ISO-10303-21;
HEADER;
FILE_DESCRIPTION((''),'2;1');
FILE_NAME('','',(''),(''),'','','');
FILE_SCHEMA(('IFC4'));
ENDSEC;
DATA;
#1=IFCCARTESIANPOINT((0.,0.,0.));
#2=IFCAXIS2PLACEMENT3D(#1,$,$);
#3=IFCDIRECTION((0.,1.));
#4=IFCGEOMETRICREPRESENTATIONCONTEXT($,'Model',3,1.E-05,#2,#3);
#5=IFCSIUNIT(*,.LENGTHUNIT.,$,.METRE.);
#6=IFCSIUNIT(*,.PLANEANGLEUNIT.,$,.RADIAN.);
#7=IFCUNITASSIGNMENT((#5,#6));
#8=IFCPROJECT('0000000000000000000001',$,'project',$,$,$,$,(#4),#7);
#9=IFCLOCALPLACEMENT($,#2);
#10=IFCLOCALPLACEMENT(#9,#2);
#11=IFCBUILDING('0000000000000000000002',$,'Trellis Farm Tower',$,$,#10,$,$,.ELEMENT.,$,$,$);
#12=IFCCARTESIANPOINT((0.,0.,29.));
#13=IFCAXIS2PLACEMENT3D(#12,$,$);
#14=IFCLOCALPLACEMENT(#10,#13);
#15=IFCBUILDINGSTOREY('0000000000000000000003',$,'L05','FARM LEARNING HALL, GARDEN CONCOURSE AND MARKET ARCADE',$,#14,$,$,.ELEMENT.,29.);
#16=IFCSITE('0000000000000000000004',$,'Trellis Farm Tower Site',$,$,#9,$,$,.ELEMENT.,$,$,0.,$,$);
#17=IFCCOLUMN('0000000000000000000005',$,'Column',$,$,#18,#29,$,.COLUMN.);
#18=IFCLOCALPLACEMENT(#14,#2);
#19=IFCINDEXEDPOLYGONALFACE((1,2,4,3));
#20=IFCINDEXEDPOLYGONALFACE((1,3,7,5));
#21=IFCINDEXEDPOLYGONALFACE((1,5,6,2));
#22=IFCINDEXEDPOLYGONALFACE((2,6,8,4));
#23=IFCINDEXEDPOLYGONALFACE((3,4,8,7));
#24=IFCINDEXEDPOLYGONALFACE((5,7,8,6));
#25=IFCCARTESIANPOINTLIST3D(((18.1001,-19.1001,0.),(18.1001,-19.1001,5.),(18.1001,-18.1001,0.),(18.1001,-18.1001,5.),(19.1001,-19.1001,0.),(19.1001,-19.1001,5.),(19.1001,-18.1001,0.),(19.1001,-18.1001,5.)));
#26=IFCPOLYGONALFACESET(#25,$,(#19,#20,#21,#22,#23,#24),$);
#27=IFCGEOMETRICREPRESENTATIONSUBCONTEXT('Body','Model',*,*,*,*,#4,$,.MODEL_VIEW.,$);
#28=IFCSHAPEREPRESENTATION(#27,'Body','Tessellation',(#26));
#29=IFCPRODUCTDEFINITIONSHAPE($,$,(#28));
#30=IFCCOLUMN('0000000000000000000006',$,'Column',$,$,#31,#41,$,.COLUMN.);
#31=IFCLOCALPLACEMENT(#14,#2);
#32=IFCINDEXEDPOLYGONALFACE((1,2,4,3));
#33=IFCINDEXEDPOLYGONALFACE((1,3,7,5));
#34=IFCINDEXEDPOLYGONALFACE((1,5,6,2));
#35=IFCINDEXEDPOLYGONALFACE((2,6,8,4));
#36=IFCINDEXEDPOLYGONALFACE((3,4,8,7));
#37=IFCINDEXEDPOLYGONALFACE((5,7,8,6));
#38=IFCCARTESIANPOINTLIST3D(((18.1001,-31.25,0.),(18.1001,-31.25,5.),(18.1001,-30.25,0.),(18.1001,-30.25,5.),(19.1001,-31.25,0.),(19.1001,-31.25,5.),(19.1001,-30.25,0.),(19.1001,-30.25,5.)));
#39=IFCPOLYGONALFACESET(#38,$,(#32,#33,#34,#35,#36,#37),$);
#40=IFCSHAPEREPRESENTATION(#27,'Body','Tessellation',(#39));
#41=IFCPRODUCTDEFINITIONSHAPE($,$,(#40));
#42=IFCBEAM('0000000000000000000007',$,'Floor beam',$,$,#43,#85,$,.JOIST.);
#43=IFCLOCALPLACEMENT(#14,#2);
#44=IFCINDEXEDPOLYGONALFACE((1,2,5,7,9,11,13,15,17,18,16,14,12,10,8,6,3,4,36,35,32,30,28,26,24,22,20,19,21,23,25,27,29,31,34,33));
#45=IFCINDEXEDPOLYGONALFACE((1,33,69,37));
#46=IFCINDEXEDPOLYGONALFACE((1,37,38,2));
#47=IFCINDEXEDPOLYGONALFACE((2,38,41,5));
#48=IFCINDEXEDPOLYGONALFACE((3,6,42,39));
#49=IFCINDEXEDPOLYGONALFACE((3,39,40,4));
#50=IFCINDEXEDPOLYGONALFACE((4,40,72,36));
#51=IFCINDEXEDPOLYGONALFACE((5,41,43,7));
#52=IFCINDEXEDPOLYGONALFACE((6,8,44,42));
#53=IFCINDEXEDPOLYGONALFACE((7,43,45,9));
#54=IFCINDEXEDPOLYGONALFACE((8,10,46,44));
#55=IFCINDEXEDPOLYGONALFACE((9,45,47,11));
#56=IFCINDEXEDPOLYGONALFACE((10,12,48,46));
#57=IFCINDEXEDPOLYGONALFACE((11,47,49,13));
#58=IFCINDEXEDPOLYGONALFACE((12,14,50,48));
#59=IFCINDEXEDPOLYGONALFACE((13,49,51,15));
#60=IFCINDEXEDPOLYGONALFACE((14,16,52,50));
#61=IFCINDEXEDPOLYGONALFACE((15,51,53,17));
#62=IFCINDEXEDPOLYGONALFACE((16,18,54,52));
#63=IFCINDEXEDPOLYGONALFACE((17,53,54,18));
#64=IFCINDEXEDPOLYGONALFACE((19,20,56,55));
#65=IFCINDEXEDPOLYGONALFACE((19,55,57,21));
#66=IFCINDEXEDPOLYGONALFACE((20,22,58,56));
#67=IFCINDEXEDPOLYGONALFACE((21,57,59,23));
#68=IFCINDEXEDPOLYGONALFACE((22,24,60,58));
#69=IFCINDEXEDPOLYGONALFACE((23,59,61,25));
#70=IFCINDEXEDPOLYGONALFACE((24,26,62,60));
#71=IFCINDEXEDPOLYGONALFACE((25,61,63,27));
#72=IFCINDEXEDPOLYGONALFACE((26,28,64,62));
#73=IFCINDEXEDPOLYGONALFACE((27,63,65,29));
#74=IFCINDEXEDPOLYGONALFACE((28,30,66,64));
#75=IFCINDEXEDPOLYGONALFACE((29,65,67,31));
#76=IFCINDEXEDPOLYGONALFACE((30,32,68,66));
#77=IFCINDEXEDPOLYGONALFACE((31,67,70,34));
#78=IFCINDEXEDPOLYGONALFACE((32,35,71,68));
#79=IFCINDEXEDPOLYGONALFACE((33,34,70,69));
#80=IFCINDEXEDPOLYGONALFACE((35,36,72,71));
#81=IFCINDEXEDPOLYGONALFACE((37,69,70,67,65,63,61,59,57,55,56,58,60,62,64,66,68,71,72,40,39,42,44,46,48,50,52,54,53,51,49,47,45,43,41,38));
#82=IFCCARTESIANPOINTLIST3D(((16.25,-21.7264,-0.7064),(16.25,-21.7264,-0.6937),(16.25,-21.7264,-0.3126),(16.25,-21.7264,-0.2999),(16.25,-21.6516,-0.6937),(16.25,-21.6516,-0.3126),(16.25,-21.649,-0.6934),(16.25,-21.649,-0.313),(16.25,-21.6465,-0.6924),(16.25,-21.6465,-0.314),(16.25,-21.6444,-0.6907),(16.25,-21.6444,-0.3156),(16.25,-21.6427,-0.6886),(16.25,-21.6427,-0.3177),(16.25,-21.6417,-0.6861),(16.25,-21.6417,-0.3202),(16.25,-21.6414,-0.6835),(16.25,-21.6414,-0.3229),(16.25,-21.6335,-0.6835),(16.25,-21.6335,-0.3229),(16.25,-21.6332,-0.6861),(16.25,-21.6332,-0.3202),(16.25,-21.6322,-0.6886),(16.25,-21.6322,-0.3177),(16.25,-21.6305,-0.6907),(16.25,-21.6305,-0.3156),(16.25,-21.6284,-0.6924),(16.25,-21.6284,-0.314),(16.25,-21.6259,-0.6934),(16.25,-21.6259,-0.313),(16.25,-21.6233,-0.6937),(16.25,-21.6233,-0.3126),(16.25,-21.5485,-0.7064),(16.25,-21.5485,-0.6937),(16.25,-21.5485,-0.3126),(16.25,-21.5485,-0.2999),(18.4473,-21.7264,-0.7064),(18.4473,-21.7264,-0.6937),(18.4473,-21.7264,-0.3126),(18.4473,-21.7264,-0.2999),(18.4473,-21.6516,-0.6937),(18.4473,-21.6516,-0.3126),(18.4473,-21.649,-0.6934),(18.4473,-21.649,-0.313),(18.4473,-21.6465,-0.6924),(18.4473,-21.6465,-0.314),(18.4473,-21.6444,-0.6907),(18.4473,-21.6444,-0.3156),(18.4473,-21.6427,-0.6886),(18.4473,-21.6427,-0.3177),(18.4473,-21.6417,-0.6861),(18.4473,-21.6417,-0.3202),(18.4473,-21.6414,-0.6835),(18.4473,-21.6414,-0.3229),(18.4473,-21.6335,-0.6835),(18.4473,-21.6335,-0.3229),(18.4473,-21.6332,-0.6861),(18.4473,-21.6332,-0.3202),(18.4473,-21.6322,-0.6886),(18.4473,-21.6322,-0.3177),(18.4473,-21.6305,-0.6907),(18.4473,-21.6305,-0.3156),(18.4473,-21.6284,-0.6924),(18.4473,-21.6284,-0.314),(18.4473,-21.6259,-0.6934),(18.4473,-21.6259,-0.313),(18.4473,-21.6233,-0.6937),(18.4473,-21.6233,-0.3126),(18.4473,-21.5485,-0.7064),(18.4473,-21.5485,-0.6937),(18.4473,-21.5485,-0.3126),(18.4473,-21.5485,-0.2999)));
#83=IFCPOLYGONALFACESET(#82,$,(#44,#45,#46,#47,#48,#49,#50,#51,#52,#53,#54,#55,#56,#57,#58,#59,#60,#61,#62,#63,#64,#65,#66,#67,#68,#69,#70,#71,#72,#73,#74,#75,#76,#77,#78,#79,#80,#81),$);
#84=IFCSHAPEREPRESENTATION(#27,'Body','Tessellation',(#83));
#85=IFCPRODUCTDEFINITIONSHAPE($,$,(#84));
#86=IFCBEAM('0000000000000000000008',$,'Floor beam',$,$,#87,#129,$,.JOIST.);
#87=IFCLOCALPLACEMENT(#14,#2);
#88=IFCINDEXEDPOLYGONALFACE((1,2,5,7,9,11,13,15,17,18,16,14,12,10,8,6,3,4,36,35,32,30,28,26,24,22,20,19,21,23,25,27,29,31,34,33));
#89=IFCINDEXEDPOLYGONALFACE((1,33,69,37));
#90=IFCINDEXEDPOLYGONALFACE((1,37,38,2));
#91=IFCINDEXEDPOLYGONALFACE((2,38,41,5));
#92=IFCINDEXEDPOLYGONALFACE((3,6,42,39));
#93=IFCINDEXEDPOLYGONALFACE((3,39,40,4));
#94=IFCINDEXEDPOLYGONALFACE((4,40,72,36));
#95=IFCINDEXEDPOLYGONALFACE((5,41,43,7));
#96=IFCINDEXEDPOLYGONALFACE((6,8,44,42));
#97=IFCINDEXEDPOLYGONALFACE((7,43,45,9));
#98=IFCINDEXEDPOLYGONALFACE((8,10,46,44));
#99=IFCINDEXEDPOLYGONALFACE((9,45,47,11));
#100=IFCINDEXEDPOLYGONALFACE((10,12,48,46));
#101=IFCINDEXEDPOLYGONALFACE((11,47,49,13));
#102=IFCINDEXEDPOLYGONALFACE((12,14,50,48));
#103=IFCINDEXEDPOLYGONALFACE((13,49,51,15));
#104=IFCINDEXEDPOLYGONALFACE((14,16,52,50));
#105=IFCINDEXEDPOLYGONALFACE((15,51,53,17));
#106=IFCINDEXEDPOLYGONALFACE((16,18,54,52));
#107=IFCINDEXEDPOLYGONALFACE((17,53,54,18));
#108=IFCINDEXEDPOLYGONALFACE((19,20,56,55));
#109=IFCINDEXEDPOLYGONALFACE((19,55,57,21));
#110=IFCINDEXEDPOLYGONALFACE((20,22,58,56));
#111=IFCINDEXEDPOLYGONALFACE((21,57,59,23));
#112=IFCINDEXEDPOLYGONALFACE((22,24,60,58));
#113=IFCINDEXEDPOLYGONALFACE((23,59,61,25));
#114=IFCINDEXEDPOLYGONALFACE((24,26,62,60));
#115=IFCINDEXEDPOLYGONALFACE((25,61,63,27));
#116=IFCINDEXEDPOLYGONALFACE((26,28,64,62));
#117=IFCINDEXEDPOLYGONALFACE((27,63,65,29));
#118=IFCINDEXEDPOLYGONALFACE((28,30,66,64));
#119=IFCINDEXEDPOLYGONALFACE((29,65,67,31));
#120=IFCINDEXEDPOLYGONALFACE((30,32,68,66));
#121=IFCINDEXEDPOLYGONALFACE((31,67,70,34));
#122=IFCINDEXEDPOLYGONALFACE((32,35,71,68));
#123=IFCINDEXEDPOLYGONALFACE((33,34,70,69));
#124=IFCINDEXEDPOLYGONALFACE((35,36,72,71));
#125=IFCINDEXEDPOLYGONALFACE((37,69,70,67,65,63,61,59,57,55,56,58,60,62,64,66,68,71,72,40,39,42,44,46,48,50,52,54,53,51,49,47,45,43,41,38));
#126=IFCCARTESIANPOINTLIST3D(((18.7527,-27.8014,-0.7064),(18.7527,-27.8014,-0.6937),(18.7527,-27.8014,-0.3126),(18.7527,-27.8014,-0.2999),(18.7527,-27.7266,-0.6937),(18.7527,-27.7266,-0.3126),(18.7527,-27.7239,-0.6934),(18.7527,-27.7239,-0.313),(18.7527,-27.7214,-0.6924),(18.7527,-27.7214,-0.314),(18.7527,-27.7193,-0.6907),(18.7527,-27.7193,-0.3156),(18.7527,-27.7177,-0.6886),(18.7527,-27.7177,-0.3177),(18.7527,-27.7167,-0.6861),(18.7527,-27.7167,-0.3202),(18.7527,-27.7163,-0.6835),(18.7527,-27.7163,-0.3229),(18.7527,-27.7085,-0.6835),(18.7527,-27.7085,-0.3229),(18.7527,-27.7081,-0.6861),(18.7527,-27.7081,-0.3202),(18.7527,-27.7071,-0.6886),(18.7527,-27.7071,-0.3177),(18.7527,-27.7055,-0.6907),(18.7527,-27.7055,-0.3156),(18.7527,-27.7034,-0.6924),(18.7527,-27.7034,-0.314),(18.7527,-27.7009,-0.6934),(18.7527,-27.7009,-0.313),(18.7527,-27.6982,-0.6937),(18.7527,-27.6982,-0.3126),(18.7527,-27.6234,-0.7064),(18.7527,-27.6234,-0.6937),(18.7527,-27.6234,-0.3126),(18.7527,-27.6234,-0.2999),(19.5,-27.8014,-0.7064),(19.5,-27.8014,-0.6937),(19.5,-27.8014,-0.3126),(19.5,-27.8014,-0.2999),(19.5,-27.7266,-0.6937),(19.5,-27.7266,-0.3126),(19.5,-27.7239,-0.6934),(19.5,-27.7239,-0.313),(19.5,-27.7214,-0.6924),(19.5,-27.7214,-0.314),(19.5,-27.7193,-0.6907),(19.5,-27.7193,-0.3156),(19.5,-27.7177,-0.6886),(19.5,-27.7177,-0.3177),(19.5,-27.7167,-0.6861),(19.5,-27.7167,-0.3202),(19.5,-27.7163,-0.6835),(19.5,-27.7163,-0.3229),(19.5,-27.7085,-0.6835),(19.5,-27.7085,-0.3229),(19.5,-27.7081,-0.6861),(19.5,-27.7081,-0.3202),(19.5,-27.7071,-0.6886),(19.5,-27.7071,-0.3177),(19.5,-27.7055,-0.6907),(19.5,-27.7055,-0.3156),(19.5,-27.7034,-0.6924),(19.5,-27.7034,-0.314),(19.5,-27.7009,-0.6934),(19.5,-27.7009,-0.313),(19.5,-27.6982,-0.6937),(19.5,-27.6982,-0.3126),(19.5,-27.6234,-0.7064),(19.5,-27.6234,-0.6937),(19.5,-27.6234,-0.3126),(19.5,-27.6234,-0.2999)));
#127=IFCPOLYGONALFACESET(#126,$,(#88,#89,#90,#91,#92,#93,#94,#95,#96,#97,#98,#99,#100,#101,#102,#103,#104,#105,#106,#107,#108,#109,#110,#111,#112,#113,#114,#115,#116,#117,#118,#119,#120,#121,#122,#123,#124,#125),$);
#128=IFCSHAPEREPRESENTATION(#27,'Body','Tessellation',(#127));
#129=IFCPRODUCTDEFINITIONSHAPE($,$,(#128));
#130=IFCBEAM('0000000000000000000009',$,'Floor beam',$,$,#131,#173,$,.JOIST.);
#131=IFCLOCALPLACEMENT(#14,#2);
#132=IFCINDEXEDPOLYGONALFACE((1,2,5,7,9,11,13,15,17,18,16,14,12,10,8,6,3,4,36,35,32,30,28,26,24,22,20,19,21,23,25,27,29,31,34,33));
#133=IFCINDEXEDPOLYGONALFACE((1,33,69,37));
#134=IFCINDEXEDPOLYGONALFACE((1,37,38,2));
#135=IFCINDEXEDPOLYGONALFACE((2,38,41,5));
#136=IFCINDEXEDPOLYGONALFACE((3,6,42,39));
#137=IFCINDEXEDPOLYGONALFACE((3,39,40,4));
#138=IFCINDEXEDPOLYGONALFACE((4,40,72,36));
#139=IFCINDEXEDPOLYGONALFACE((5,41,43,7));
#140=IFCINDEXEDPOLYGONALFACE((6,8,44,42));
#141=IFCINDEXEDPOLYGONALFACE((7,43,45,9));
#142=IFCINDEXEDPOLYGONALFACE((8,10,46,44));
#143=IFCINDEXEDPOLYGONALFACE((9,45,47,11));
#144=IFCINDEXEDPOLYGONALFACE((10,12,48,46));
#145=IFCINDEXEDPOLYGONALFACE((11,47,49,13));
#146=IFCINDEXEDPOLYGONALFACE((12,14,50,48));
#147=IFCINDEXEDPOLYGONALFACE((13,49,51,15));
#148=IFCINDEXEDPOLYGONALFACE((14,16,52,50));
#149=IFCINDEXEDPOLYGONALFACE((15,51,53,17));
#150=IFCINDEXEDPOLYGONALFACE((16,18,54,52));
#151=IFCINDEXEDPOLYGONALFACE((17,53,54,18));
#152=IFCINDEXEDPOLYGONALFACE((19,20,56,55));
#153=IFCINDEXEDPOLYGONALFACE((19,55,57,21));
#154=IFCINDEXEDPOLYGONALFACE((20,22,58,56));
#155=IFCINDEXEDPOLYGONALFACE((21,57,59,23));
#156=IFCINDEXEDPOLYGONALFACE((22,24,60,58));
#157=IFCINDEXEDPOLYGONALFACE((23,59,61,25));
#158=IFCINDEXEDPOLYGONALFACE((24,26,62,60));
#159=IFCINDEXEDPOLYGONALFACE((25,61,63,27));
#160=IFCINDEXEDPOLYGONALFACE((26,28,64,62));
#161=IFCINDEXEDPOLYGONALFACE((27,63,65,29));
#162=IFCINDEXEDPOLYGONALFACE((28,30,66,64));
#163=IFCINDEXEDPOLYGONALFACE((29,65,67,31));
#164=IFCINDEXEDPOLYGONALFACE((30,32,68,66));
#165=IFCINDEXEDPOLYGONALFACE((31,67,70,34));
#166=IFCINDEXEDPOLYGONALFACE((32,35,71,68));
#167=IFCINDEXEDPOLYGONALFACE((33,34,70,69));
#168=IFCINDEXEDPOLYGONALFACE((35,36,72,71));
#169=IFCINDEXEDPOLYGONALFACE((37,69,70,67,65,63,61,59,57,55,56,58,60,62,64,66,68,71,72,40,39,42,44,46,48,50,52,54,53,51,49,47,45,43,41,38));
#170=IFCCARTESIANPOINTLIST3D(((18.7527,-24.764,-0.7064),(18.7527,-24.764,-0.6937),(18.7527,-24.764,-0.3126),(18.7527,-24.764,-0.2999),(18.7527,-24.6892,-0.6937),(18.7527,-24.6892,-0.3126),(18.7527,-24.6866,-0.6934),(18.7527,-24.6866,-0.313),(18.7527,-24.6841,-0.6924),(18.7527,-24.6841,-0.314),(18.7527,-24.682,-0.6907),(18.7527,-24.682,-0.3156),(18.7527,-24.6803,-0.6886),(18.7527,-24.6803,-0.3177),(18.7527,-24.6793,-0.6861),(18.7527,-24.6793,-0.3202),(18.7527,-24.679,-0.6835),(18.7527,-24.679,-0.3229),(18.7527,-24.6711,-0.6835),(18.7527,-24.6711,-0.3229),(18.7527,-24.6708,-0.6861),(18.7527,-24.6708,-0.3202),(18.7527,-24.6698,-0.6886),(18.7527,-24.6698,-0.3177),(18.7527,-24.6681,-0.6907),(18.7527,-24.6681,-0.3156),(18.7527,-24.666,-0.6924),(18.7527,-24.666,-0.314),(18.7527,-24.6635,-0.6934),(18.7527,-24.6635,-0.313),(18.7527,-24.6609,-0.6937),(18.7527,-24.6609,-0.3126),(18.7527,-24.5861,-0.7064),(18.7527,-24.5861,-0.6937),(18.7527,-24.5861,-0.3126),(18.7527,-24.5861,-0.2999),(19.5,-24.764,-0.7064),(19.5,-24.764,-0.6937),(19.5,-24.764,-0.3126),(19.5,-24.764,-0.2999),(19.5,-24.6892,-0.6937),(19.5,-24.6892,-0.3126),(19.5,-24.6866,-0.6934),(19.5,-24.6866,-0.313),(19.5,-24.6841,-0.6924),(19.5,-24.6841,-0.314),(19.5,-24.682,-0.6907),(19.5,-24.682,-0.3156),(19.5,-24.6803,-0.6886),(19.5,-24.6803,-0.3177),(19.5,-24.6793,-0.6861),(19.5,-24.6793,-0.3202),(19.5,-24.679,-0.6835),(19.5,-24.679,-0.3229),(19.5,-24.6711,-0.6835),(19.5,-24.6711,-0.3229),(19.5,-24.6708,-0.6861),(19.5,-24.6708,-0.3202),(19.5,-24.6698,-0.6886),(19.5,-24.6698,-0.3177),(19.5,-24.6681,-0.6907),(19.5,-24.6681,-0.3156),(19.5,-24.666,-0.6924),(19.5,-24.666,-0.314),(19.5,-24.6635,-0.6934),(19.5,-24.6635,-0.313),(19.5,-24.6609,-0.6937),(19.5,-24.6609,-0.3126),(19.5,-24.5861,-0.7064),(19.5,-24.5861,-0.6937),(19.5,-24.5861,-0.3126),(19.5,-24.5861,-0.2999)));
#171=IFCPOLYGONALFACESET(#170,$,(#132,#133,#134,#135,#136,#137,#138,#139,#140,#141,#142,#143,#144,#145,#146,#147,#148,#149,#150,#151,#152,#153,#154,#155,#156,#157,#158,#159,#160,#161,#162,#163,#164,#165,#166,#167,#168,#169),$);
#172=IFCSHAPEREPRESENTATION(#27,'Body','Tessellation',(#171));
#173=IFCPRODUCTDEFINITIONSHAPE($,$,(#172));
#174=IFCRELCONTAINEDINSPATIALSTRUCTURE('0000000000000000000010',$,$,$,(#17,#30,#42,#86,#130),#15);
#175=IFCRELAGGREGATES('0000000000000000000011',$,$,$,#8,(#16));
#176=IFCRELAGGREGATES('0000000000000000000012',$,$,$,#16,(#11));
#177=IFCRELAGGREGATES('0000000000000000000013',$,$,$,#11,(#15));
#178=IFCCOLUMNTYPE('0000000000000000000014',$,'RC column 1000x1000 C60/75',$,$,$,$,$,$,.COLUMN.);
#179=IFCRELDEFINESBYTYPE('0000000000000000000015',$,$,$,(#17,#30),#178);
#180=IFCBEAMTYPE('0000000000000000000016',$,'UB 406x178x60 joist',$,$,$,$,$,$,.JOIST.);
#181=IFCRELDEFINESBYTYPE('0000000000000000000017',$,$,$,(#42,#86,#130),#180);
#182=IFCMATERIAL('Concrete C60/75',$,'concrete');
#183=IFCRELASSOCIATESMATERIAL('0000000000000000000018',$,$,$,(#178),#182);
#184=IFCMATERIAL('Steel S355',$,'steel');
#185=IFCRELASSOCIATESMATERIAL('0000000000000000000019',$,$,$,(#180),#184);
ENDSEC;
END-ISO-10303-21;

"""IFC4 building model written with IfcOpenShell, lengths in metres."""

from ifc_helpers import new_model, si_unit, direction, frame, origin, origin_2d, place, context, subcontext, project, spatial, rectangle, i_section, extrude, source, transform, mapped, material, material_profile, profile_set, type_object, element, save


model = new_model("IFC4")

# Units and contexts
model_context = context("Model", 3, precision=1e-05, world=origin(), true_north=direction((0.0, 1.0)))
body_context = subcontext(model_context, "Body", "Model", "MODEL_VIEW")
ifc_project = project(units=[si_unit("LENGTHUNIT", "METRE"), si_unit("PLANEANGLEUNIT", "RADIAN")], contexts=[model_context])

# Site, building, storey
site_placement = place(None, origin())
site = spatial("IfcSite", under=ifc_project, at=site_placement, Name="Trellis Farm Tower Site", CompositionType="ELEMENT", RefElevation=0.0)
building_placement = place(site_placement, origin())
building = spatial("IfcBuilding", under=site, at=building_placement, Name="Trellis Farm Tower", CompositionType="ELEMENT")
storey_placement = place(building_placement, frame((0.0, 0.0, 29.0)))
storey = spatial("IfcBuildingStorey", under=building, at=storey_placement, Name="L05", Description="FARM LEARNING HALL, GARDEN CONCOURSE AND MARKET ARCADE", CompositionType="ELEMENT", Elevation=29.0)

# Columns
ifc_material_1 = material(Name="Concrete C60/75", Category="concrete")
ifc_material_profile_1 = material_profile(ifc_material_1, rectangle(XDim=1.0, YDim=1.0, at=origin_2d()), Name="RC column 1000x1000 C60/75")
ifc_profile_set_1 = profile_set([ifc_material_profile_1], Name="Concrete C60/75")
column_type = type_object("IfcColumnType", Name="RC column 1000x1000 C60/75", PredefinedType="COLUMN", material=ifc_profile_set_1)
shared_shape_1 = source(origin(), body_context, "Body", "SweptSolid", [
    extrude(rectangle(XDim=1.0, YDim=1.0, at=origin_2d()), origin(), (0.0, 0.0, 1.0), 5.0),
])
for number, where, z_axis, x_axis, name in (
    (1, (18.6001, -18.6001, 0.0), (0.0, 0.0, 1.0), (1.0, 0.0, 0.0), "Column"),
    (2, (18.6001, -30.75, 0.0), (0.0, 0.0, 1.0), (1.0, 0.0, 0.0), "Column"),
):
    element("IfcColumn", number, at=place(storey_placement, frame(where, z_axis=z_axis, x_axis=x_axis)), inside=storey, type_object=column_type, Name=name, PredefinedType="COLUMN", context=body_context, shape_type="MappedRepresentation", body=[
        mapped(shared_shape_1, transform((0.0, 0.0, 0.0))),
    ])

# Beams
ifc_material_2 = material(Name="Steel S355", Category="steel")
ifc_material_profile_2 = material_profile(ifc_material_2, i_section(OverallWidth=0.178, OverallDepth=0.4065, WebThickness=0.0078, FlangeThickness=0.0127, FilletRadius=0.0103, at=origin_2d()), Name="UB 406x178x60")
ifc_profile_set_2 = profile_set([ifc_material_profile_2], Name="Steel S355")
beam_type_1 = type_object("IfcBeamType", Name="UB 406x178x60 joist", PredefinedType="JOIST", material=ifc_profile_set_2)
shared_shape_2 = source(origin(), body_context, "Body", "SweptSolid", [
    extrude(i_section(OverallWidth=0.178, OverallDepth=0.4065, WebThickness=0.0078, FlangeThickness=0.0127, FilletRadius=0.0103, at=origin_2d()), origin(), (0.0, 0.0, 1.0), 2.1973),
])
beam_placement = place(storey_placement, frame((16.25, -21.6375, -0.5032), z_axis=(1.0, 0.0, 0.0), x_axis=(0.0, 1.0, 0.0)))
element("IfcBeam", 3, at=beam_placement, inside=storey, type_object=beam_type_1, Name="Floor beam", PredefinedType="JOIST", context=body_context, shape_type="MappedRepresentation", body=[
    mapped(shared_shape_2, transform((0.0, 0.0, 0.0))),
])
shared_shape_3 = source(origin(), body_context, "Body", "SweptSolid", [
    extrude(i_section(OverallWidth=0.178, OverallDepth=0.4065, WebThickness=0.0078, FlangeThickness=0.0127, FilletRadius=0.0103, at=origin_2d()), origin(), (0.0, 0.0, 1.0), 0.7473),
])
for number, where, z_axis, x_axis, name in (
    (4, (18.7527, -27.7124, -0.5032), (1.0, 0.0, 0.0), (0.0, 1.0, 0.0), "Floor beam"),
    (5, (18.7527, -24.675, -0.5032), (1.0, 0.0, 0.0), (0.0, 1.0, 0.0), "Floor beam"),
):
    element("IfcBeam", number, at=place(storey_placement, frame(where, z_axis=z_axis, x_axis=x_axis)), inside=storey, type_object=beam_type_1, Name=name, PredefinedType="JOIST", context=body_context, shape_type="MappedRepresentation", body=[
        mapped(shared_shape_3, transform((0.0, 0.0, 0.0))),
    ])

save(model, "model.ifc")
